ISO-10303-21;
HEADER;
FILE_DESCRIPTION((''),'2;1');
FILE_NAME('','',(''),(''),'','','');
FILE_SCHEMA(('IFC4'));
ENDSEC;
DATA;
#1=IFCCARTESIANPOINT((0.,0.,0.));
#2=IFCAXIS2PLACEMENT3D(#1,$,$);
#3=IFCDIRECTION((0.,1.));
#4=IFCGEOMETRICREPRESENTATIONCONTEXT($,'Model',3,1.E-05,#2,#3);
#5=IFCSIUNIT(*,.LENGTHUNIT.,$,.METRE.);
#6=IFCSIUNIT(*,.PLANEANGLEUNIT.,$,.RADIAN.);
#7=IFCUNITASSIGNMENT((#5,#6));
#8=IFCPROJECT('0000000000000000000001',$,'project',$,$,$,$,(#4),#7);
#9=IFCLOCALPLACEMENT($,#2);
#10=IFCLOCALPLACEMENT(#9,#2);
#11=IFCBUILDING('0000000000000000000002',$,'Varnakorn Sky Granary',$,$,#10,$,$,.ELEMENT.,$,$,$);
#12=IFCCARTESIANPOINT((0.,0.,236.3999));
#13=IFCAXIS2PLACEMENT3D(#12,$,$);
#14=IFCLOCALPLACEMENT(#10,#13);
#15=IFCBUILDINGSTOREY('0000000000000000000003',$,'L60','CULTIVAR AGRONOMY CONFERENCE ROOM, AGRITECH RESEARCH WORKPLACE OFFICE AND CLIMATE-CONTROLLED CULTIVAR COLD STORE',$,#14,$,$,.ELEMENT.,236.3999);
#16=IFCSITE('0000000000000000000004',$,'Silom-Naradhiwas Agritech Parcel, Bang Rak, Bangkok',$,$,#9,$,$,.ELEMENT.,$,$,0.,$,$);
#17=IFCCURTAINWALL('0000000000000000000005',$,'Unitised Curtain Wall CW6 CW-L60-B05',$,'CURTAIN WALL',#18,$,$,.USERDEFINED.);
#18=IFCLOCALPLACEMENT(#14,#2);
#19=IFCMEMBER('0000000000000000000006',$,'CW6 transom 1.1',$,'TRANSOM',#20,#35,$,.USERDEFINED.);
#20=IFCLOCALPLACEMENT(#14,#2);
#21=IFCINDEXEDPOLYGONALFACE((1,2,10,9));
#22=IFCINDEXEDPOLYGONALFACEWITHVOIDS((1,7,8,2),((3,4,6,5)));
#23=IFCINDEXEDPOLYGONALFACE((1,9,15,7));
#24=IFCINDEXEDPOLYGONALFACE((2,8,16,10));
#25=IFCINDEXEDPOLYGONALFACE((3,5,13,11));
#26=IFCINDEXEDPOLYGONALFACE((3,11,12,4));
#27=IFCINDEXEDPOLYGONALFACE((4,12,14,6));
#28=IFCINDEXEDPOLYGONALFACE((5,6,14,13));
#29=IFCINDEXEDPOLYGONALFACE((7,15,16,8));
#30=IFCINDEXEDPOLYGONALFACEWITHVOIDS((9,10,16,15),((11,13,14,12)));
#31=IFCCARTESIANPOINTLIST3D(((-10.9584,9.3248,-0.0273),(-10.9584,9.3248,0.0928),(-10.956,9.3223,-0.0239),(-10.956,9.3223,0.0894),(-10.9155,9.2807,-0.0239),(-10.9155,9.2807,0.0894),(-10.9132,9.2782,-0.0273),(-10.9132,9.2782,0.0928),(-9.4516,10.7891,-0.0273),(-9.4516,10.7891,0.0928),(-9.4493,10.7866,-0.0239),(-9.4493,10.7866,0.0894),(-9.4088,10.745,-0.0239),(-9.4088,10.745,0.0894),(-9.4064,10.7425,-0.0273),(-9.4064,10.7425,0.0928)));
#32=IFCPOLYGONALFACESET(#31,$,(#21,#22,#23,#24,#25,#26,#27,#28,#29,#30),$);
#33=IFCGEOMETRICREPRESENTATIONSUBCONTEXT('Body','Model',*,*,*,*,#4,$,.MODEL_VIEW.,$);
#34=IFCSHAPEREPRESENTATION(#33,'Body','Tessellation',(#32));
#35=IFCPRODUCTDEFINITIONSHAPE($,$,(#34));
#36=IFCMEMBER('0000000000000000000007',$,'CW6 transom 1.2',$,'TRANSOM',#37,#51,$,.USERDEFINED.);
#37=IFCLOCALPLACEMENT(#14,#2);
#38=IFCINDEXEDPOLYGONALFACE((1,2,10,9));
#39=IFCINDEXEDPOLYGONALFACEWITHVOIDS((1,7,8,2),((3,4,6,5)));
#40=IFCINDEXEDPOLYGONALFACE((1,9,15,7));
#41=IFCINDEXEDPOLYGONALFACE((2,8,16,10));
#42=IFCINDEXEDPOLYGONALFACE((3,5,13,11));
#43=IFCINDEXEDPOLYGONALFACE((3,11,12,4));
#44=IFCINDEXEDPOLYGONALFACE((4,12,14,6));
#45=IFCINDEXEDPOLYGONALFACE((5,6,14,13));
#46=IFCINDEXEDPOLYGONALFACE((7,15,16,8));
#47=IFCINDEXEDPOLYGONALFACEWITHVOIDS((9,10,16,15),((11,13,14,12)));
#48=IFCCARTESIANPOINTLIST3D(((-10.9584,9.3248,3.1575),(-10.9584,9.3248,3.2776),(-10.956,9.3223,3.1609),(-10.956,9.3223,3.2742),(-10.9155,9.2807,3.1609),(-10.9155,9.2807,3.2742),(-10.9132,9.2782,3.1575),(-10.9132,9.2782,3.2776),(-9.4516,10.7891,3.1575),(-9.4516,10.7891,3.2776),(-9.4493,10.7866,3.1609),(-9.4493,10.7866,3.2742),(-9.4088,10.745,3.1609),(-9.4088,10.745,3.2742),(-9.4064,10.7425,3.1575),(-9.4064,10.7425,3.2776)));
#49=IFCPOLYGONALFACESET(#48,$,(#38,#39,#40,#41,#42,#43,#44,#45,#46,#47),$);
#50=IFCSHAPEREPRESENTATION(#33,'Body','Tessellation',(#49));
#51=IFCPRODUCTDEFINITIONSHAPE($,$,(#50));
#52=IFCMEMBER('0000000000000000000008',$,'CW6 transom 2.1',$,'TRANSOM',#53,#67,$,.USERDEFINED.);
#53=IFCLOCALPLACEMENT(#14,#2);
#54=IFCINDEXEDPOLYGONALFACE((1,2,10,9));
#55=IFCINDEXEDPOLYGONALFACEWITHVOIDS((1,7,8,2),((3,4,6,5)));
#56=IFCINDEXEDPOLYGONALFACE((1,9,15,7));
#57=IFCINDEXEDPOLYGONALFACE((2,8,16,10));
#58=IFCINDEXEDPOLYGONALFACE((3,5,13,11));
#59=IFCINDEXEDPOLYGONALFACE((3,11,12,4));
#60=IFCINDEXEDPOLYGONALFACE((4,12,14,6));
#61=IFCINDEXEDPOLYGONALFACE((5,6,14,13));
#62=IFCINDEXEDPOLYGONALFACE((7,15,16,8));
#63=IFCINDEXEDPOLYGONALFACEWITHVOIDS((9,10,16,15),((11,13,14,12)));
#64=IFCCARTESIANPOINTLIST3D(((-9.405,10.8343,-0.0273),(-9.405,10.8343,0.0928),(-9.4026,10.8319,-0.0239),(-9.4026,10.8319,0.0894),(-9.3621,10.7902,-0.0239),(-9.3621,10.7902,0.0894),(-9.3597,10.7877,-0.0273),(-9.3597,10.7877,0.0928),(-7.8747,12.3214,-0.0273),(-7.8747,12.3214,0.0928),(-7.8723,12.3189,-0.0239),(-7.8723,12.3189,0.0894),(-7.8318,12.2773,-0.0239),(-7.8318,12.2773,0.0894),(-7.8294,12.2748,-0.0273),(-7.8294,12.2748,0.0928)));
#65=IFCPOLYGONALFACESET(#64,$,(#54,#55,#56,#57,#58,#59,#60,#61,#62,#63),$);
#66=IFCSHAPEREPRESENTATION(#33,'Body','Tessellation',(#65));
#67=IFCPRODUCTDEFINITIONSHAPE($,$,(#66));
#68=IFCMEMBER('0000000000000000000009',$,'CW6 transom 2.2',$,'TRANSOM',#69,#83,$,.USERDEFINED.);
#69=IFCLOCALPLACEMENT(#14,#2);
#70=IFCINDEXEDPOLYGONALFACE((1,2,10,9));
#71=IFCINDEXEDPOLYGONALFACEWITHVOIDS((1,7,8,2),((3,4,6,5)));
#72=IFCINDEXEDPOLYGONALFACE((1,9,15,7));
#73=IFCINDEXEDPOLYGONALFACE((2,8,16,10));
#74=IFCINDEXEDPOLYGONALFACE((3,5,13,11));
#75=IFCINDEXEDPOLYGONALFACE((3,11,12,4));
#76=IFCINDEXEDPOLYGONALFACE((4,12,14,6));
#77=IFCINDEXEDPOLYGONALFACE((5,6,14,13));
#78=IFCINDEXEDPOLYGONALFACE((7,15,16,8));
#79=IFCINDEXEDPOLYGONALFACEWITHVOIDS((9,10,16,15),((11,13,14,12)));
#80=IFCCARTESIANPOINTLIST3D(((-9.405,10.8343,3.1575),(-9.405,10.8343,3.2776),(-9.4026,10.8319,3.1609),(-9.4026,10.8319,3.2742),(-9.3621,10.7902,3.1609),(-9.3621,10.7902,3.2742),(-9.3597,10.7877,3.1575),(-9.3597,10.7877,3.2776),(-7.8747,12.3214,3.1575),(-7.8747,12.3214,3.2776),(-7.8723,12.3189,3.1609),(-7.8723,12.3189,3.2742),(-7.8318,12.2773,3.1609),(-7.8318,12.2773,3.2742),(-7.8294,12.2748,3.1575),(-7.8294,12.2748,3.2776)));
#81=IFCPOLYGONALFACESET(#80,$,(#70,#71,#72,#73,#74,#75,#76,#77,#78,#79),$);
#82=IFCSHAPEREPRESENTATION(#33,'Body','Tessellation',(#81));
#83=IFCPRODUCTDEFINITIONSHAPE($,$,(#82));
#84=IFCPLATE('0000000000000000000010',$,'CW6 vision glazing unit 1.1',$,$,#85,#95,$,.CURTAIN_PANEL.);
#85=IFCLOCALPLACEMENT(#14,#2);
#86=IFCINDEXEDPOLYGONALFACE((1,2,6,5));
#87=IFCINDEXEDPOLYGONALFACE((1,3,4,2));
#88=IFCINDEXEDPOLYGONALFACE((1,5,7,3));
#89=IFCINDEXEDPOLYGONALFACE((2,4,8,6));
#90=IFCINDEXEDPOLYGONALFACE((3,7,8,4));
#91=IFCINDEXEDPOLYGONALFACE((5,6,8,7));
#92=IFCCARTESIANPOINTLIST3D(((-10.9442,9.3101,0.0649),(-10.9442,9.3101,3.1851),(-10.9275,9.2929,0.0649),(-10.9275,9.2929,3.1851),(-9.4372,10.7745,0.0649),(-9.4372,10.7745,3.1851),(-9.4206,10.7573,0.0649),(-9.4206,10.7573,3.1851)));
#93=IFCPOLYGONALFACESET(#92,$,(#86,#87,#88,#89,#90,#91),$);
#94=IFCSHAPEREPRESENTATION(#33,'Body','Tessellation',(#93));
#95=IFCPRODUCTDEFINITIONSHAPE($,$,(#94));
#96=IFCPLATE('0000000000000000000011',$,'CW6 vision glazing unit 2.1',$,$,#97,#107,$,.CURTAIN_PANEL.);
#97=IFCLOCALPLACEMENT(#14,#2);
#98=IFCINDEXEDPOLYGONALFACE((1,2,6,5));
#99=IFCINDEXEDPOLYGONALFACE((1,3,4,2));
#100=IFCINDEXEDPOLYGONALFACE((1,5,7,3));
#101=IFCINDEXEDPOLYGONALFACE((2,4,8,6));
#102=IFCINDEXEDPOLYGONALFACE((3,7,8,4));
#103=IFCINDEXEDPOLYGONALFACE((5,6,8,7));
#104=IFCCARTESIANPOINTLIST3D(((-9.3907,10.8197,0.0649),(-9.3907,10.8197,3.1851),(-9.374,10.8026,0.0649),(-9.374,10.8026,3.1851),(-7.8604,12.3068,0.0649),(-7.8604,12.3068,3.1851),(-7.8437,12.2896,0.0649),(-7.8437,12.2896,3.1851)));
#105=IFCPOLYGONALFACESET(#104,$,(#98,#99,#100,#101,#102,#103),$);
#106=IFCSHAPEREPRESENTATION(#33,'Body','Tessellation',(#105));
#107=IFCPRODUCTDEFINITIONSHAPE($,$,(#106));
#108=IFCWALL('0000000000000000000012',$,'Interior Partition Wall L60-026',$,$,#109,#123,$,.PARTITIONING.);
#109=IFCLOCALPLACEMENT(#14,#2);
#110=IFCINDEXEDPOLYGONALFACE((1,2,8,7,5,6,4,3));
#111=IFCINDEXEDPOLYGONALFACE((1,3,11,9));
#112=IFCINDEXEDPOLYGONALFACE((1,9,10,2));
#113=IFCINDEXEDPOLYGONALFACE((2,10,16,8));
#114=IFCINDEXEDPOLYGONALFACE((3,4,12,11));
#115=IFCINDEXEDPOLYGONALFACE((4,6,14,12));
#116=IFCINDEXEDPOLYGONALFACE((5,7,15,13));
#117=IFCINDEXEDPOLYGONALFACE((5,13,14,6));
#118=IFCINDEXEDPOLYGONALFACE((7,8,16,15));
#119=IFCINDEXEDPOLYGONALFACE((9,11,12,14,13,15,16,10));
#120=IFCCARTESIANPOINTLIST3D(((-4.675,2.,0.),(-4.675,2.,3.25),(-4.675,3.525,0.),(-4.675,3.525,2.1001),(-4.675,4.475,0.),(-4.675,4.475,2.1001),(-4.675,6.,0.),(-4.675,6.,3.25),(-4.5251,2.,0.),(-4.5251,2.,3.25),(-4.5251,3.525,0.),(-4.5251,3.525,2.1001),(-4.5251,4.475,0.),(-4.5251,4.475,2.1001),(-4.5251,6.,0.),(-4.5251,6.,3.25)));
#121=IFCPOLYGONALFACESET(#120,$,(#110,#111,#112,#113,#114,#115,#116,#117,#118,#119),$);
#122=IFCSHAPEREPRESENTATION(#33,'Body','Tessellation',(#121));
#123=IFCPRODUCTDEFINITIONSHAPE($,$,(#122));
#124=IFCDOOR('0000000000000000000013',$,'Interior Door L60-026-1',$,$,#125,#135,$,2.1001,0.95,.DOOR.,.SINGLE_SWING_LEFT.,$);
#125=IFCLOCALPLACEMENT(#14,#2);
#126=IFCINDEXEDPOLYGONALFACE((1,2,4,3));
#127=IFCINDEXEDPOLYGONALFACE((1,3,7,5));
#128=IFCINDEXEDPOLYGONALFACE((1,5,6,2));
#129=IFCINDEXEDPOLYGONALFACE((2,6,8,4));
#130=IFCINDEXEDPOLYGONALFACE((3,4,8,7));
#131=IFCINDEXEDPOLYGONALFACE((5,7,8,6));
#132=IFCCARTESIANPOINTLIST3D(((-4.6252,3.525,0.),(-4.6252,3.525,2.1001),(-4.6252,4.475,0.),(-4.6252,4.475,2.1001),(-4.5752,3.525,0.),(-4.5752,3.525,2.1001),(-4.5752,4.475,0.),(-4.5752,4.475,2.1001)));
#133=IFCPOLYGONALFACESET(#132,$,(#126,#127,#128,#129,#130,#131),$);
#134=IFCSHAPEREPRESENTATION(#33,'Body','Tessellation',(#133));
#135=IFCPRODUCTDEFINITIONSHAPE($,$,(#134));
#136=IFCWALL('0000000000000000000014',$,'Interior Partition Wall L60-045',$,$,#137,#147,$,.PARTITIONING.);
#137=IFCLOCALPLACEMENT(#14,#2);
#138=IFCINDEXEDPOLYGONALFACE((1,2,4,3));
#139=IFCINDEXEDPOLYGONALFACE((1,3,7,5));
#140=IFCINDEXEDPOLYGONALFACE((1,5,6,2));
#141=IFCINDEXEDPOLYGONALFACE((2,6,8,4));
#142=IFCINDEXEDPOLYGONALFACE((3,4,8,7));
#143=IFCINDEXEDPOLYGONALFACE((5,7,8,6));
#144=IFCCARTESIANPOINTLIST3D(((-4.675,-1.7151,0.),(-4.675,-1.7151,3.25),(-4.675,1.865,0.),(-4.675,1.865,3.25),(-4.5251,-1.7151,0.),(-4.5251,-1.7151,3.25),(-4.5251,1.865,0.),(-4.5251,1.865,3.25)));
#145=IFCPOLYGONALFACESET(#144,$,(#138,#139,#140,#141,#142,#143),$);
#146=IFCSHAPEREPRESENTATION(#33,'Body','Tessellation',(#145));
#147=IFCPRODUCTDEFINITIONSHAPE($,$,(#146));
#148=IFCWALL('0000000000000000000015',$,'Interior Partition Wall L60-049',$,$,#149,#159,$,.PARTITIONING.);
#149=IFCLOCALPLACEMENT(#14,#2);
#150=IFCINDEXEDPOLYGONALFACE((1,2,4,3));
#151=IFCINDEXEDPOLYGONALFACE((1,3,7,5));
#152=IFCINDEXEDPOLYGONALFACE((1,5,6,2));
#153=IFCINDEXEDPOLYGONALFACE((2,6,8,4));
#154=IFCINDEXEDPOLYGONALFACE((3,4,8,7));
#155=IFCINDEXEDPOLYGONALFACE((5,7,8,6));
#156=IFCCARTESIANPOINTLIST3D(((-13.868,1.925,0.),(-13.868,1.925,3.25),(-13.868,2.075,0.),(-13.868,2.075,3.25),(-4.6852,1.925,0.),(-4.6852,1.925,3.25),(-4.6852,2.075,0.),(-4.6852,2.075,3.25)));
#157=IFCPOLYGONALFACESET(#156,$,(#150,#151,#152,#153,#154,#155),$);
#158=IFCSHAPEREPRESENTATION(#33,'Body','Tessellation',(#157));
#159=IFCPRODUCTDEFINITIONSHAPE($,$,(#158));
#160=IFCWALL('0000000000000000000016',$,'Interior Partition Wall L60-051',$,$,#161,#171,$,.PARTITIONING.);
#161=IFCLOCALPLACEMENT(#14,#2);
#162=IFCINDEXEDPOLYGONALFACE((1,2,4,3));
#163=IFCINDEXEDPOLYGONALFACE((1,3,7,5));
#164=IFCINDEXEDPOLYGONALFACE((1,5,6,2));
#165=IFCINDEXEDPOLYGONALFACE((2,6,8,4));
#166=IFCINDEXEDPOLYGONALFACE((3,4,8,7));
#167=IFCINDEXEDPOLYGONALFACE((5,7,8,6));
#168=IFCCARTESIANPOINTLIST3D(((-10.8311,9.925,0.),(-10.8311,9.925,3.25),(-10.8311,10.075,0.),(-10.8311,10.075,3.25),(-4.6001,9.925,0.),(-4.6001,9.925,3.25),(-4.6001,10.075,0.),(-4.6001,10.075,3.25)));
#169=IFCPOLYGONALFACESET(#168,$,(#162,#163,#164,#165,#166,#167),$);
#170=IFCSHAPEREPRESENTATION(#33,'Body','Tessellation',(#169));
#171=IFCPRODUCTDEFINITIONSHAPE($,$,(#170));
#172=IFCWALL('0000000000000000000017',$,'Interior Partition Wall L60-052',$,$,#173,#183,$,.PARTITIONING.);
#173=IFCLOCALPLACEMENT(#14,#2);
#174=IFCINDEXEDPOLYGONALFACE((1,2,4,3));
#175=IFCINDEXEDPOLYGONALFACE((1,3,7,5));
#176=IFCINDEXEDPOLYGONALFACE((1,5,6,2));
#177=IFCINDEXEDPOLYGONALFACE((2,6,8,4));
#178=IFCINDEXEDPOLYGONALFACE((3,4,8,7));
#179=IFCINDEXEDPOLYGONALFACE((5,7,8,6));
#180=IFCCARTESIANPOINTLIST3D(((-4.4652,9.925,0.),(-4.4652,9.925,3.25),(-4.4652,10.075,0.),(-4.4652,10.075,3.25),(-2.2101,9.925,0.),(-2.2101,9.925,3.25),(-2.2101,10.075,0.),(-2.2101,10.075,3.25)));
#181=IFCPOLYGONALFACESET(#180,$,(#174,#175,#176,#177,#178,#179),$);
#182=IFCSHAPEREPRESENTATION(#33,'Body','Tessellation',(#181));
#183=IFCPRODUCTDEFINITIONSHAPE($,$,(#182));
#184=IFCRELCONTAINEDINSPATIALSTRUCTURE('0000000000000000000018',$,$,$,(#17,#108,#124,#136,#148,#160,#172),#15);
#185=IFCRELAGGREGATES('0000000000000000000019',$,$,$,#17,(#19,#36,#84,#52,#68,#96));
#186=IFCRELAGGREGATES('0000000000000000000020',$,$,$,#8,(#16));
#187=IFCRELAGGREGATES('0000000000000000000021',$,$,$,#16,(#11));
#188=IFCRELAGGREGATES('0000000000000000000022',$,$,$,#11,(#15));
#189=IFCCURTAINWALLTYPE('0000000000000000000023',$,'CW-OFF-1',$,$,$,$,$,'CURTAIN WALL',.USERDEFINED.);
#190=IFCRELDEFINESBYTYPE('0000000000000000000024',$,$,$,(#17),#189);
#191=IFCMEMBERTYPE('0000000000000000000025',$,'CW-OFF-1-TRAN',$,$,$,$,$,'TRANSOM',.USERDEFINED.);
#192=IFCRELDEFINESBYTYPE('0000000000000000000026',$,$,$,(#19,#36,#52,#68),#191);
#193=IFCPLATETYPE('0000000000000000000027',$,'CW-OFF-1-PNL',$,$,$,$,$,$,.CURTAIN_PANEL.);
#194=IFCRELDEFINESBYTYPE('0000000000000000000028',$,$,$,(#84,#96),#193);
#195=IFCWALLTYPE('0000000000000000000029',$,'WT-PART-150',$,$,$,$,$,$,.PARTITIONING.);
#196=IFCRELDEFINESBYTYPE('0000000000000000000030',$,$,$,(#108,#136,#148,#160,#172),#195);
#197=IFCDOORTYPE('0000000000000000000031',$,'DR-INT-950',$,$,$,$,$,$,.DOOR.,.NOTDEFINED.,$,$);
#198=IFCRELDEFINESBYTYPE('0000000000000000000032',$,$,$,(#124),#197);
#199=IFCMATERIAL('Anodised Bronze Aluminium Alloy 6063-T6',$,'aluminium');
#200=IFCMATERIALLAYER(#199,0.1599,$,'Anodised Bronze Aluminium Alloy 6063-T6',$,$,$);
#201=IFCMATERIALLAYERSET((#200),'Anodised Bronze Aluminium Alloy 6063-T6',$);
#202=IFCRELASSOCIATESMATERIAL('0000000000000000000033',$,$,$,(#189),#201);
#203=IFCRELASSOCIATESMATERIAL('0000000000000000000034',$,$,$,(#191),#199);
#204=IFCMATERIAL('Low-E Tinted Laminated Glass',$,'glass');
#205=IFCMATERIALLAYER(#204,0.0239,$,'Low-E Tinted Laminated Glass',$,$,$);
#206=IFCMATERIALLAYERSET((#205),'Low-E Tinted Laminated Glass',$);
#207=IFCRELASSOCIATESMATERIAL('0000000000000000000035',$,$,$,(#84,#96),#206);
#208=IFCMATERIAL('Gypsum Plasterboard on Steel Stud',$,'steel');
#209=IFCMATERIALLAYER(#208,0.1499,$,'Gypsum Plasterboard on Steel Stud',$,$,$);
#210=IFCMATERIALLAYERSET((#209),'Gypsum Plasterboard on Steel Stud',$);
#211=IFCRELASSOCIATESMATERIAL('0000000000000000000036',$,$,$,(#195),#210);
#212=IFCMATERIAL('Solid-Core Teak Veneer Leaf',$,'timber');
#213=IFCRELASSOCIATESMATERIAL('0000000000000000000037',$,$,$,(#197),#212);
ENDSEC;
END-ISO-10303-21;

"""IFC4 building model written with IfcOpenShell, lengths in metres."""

from ifc_helpers import new_model, si_unit, direction, frame, frame_2d, origin, origin_2d, place, context, subcontext, project, spatial, rectangle, hollow_rectangle, extrude, source, transform, mapped, material, layer, layer_set, material_profile, profile_set, type_object, type_shapes, element, fill, aggregate, save


model = new_model("IFC4")

# Units and contexts
model_context = context("Model", 3, precision=1e-05, world=origin(), true_north=direction((0.0, 1.0)))
body_context = subcontext(model_context, "Body", "Model", "MODEL_VIEW")
ifc_project = project(units=[si_unit("LENGTHUNIT", "METRE"), si_unit("PLANEANGLEUNIT", "RADIAN")], contexts=[model_context])

# Site, building, storey
site_placement = place(None, origin())
site = spatial("IfcSite", under=ifc_project, at=site_placement, Name="Silom-Naradhiwas Agritech Parcel, Bang Rak, Bangkok", CompositionType="ELEMENT", RefElevation=0.0)
building_placement = place(site_placement, origin())
building = spatial("IfcBuilding", under=site, at=building_placement, Name="Varnakorn Sky Granary", CompositionType="ELEMENT")
storey_placement = place(building_placement, frame((0.0, 0.0, 236.3999)))
storey = spatial("IfcBuildingStorey", under=building, at=storey_placement, Name="L60", Description="CULTIVAR AGRONOMY CONFERENCE ROOM, AGRITECH RESEARCH WORKPLACE OFFICE AND CLIMATE-CONTROLLED CULTIVAR COLD STORE", CompositionType="ELEMENT", Elevation=236.3999)

# Curtain wall, members, plates
ifc_material_1 = material(Name="Anodised Bronze Aluminium Alloy 6063-T6", Category="aluminium")
ifc_layer_1 = layer(ifc_material_1, 0.1599, Name="Anodised Bronze Aluminium Alloy 6063-T6")
ifc_layer_set_1 = layer_set([ifc_layer_1], Name="Anodised Bronze Aluminium Alloy 6063-T6")
curtain_wall_type = type_object("IfcCurtainWallType", Name="CW-OFF-1", ElementType="CURTAIN WALL", PredefinedType="USERDEFINED", material=ifc_layer_set_1)
curtain_wall_placement = place(storey_placement, origin())
curtain_wall = element("IfcCurtainWall", 1, at=curtain_wall_placement, inside=storey, type_object=curtain_wall_type, Name="Unitised Curtain Wall CW6 CW-L60-B05", ObjectType="CURTAIN WALL", PredefinedType="USERDEFINED")
ifc_material_profile_1 = material_profile(ifc_material_1, hollow_rectangle(XDim=0.0649, YDim=0.1201, WallThickness=0.0034, at=origin_2d()), Name="ALU TRAN 65x120")
ifc_profile_set_1 = profile_set([ifc_material_profile_1], Name="Anodised Bronze Aluminium Alloy 6063-T6")
member_type_1 = type_object("IfcMemberType", Name="CW-OFF-1-TRAN", ElementType="TRANSOM", PredefinedType="USERDEFINED", material=ifc_profile_set_1)
member_1_placement = place(storey_placement, frame((-10.9358, 9.3015, 0.0327), z_axis=(0.717143, 0.696926, 0.0), x_axis=(-0.696926, 0.717143, 0.0)))
member_1 = element("IfcMember", 2, at=member_1_placement, type_object=member_type_1, Name="CW6 transom 1.1", ObjectType="TRANSOM", PredefinedType="USERDEFINED", context=body_context, shape_type="SweptSolid", body=[
    extrude(hollow_rectangle(XDim=0.0649, YDim=0.1201, WallThickness=0.0034, at=origin_2d()), origin(), (0.0, 0.0, 1.0), 2.1011),
])
member_2_placement = place(storey_placement, frame((-10.9358, 9.3015, 3.2175), z_axis=(0.717143, 0.696926, 0.0), x_axis=(-0.696926, 0.717143, 0.0)))
member_2 = element("IfcMember", 3, at=member_2_placement, type_object=member_type_1, Name="CW6 transom 1.2", ObjectType="TRANSOM", PredefinedType="USERDEFINED", context=body_context, shape_type="SweptSolid", body=[
    extrude(hollow_rectangle(XDim=0.0649, YDim=0.1201, WallThickness=0.0034, at=origin_2d()), origin(), (0.0, 0.0, 1.0), 2.1011),
])
member_3_placement = place(storey_placement, frame((-9.3823, 10.811, 0.0327), z_axis=(0.71716, 0.696908, 0.0), x_axis=(-0.696908, 0.71716, 0.0)))
member_3 = element("IfcMember", 4, at=member_3_placement, type_object=member_type_1, Name="CW6 transom 2.1", ObjectType="TRANSOM", PredefinedType="USERDEFINED", context=body_context, shape_type="SweptSolid", body=[
    extrude(hollow_rectangle(XDim=0.0649, YDim=0.1201, WallThickness=0.0034, at=origin_2d()), origin(), (0.0, 0.0, 1.0), 2.1338),
])
member_4_placement = place(storey_placement, frame((-9.3823, 10.811, 3.2175), z_axis=(0.71716, 0.696908, 0.0), x_axis=(-0.696908, 0.71716, 0.0)))
member_4 = element("IfcMember", 5, at=member_4_placement, type_object=member_type_1, Name="CW6 transom 2.2", ObjectType="TRANSOM", PredefinedType="USERDEFINED", context=body_context, shape_type="SweptSolid", body=[
    extrude(hollow_rectangle(XDim=0.0649, YDim=0.1201, WallThickness=0.0034, at=origin_2d()), origin(), (0.0, 0.0, 1.0), 2.1338),
])
ifc_material_2 = material(Name="Low-E Tinted Laminated Glass", Category="glass")
ifc_layer_2 = layer(ifc_material_2, 0.0239, Name="Low-E Tinted Laminated Glass")
ifc_layer_set_2 = layer_set([ifc_layer_2], Name="Low-E Tinted Laminated Glass")
plate_type = type_object("IfcPlateType", Name="CW-OFF-1-PNL", PredefinedType="CURTAIN_PANEL")
shared_shape_1 = source(origin(), body_context, "Body", "SweptSolid", [
    extrude(rectangle(XDim=2.1013, YDim=0.0239, at=origin_2d()), origin(), (0.0, 0.0, 1.0), 3.1201),
])
plate_1_placement = place(storey_placement, frame((-10.1824, 10.0337, 0.0649), z_axis=(0.0, 0.0, 1.0), x_axis=(0.717154, 0.696915, 0.0)))
plate_1 = element("IfcPlate", 6, at=plate_1_placement, type_object=plate_type, material=ifc_layer_set_2, Name="CW6 vision glazing unit 1.1", PredefinedType="CURTAIN_PANEL", context=body_context, shape_type="MappedRepresentation", body=[
    mapped(shared_shape_1, transform((0.0, 0.0, 0.0), x_axis=(1.0, 0.0, 0.0), y_axis=(0.0, 1.0, 0.0), z_axis=(0.0, 0.0, 1.0), scale=1.0)),
])
shared_shape_2 = source(origin(), body_context, "Body", "SweptSolid", [
    extrude(rectangle(XDim=2.1338, YDim=0.0239, at=origin_2d()), origin(), (0.0, 0.0, 1.0), 3.1201),
])
type_shapes(plate_type, [shared_shape_1, shared_shape_2])
plate_2_placement = place(storey_placement, frame((-8.6172, 11.5547, 0.0649), z_axis=(0.0, 0.0, 1.0), x_axis=(0.717154, 0.696915, 0.0)))
plate_2 = element("IfcPlate", 7, at=plate_2_placement, type_object=plate_type, material=ifc_layer_set_2, Name="CW6 vision glazing unit 2.1", PredefinedType="CURTAIN_PANEL", context=body_context, shape_type="MappedRepresentation", body=[
    mapped(shared_shape_2, transform((0.0, 0.0, 0.0), x_axis=(1.0, 0.0, 0.0), y_axis=(0.0, 1.0, 0.0), z_axis=(0.0, 0.0, 1.0), scale=1.0)),
])
aggregate(curtain_wall, [member_1, member_2, plate_1, member_3, member_4, plate_2])

# Wall, opening, door
ifc_material_3 = material(Name="Gypsum Plasterboard on Steel Stud", Category="steel")
ifc_layer_3 = layer(ifc_material_3, 0.1499, Name="Gypsum Plasterboard on Steel Stud")
ifc_layer_set_3 = layer_set([ifc_layer_3], Name="Gypsum Plasterboard on Steel Stud")
wall_type = type_object("IfcWallType", Name="WT-PART-150", PredefinedType="PARTITIONING", material=ifc_layer_set_3)
wall_1_placement = place(storey_placement, frame((-4.6001, 6.0, 0.0), z_axis=(0.0, 0.0, 1.0), x_axis=(0.0, -1.0, 0.0)))
wall_1 = element("IfcWall", 8, at=wall_1_placement, inside=storey, type_object=wall_type, Name="Interior Partition Wall L60-026", PredefinedType="PARTITIONING", context=body_context, shape_type="SweptSolid", body=[
    extrude(rectangle(XDim=4.0, YDim=0.1499, at=frame_2d((2.0, 0.0))), origin(), (0.0, 0.0, 1.0), 3.25),
])
opening_placement = place(wall_1_placement, frame((1.5249, 0.0, 0.0)))
opening = element("IfcOpeningElement", 9, at=opening_placement, cuts=wall_1, PredefinedType="OPENING", context=body_context, shape_type="SweptSolid", body=[
    extrude(rectangle(XDim=0.95, YDim=2.1001, at=frame_2d((0.4751, 1.05))), frame((0.0, 0.085, 0.0), z_axis=(0.0, -1.0, 0.0), x_axis=(1.0, 0.0, 0.0)), (0.0, 0.0, 1.0), 0.1699),
])
ifc_material_4 = material(Name="Solid-Core Teak Veneer Leaf", Category="timber")
door_type = type_object("IfcDoorType", Name="DR-INT-950", OperationType="NOTDEFINED", PredefinedType="DOOR", material=ifc_material_4)
door_placement = place(opening_placement, origin())
door = element("IfcDoor", 10, at=door_placement, inside=storey, type_object=door_type, Name="Interior Door L60-026-1", OperationType="SINGLE_SWING_LEFT", OverallHeight=2.1001, OverallWidth=0.95, PredefinedType="DOOR", context=body_context, shape_type="SweptSolid", body=[
    extrude(rectangle(XDim=0.95, YDim=2.1001, at=frame_2d((0.4751, 1.05))), frame((0.0, 0.0249, 0.0), z_axis=(0.0, -1.0, 0.0), x_axis=(1.0, 0.0, 0.0)), (0.0, 0.0, 1.0), 0.05),
])
fill(opening, door)

# Walls
wall_2_placement = place(storey_placement, frame((-4.6001, 1.865, 0.0), z_axis=(0.0, 0.0, 1.0), x_axis=(0.0, -1.0, 0.0)))
element("IfcWall", 11, at=wall_2_placement, inside=storey, type_object=wall_type, Name="Interior Partition Wall L60-045", PredefinedType="PARTITIONING", context=body_context, shape_type="SweptSolid", body=[
    extrude(rectangle(XDim=3.5801, YDim=0.1499, at=frame_2d((1.79, 0.0))), origin(), (0.0, 0.0, 1.0), 3.25),
])
wall_3_placement = place(storey_placement, frame((-13.8679, 2.0, 0.0), z_axis=(0.0, 0.0, 1.0), x_axis=(1.0, 0.0, 0.0)))
element("IfcWall", 12, at=wall_3_placement, inside=storey, type_object=wall_type, Name="Interior Partition Wall L60-049", PredefinedType="PARTITIONING", context=body_context, shape_type="SweptSolid", body=[
    extrude(rectangle(XDim=9.1829, YDim=0.1499, at=frame_2d((4.5913, 0.0))), origin(), (0.0, 0.0, 1.0), 3.25),
])
wall_4_placement = place(storey_placement, frame((-10.8311, 10.0, 0.0), z_axis=(0.0, 0.0, 1.0), x_axis=(1.0, 0.0, 0.0)))
element("IfcWall", 13, at=wall_4_placement, inside=storey, type_object=wall_type, Name="Interior Partition Wall L60-051", PredefinedType="PARTITIONING", context=body_context, shape_type="SweptSolid", body=[
    extrude(rectangle(XDim=6.231, YDim=0.1499, at=frame_2d((3.1155, 0.0))), origin(), (0.0, 0.0, 1.0), 3.25),
])
wall_5_placement = place(storey_placement, frame((-4.4651, 10.0, 0.0), z_axis=(0.0, 0.0, 1.0), x_axis=(1.0, 0.0, 0.0)))
element("IfcWall", 14, at=wall_5_placement, inside=storey, type_object=wall_type, Name="Interior Partition Wall L60-052", PredefinedType="PARTITIONING", context=body_context, shape_type="SweptSolid", body=[
    extrude(rectangle(XDim=2.2551, YDim=0.1499, at=frame_2d((1.1274, 0.0))), origin(), (0.0, 0.0, 1.0), 3.25),
])

save(model, "model.ifc")
